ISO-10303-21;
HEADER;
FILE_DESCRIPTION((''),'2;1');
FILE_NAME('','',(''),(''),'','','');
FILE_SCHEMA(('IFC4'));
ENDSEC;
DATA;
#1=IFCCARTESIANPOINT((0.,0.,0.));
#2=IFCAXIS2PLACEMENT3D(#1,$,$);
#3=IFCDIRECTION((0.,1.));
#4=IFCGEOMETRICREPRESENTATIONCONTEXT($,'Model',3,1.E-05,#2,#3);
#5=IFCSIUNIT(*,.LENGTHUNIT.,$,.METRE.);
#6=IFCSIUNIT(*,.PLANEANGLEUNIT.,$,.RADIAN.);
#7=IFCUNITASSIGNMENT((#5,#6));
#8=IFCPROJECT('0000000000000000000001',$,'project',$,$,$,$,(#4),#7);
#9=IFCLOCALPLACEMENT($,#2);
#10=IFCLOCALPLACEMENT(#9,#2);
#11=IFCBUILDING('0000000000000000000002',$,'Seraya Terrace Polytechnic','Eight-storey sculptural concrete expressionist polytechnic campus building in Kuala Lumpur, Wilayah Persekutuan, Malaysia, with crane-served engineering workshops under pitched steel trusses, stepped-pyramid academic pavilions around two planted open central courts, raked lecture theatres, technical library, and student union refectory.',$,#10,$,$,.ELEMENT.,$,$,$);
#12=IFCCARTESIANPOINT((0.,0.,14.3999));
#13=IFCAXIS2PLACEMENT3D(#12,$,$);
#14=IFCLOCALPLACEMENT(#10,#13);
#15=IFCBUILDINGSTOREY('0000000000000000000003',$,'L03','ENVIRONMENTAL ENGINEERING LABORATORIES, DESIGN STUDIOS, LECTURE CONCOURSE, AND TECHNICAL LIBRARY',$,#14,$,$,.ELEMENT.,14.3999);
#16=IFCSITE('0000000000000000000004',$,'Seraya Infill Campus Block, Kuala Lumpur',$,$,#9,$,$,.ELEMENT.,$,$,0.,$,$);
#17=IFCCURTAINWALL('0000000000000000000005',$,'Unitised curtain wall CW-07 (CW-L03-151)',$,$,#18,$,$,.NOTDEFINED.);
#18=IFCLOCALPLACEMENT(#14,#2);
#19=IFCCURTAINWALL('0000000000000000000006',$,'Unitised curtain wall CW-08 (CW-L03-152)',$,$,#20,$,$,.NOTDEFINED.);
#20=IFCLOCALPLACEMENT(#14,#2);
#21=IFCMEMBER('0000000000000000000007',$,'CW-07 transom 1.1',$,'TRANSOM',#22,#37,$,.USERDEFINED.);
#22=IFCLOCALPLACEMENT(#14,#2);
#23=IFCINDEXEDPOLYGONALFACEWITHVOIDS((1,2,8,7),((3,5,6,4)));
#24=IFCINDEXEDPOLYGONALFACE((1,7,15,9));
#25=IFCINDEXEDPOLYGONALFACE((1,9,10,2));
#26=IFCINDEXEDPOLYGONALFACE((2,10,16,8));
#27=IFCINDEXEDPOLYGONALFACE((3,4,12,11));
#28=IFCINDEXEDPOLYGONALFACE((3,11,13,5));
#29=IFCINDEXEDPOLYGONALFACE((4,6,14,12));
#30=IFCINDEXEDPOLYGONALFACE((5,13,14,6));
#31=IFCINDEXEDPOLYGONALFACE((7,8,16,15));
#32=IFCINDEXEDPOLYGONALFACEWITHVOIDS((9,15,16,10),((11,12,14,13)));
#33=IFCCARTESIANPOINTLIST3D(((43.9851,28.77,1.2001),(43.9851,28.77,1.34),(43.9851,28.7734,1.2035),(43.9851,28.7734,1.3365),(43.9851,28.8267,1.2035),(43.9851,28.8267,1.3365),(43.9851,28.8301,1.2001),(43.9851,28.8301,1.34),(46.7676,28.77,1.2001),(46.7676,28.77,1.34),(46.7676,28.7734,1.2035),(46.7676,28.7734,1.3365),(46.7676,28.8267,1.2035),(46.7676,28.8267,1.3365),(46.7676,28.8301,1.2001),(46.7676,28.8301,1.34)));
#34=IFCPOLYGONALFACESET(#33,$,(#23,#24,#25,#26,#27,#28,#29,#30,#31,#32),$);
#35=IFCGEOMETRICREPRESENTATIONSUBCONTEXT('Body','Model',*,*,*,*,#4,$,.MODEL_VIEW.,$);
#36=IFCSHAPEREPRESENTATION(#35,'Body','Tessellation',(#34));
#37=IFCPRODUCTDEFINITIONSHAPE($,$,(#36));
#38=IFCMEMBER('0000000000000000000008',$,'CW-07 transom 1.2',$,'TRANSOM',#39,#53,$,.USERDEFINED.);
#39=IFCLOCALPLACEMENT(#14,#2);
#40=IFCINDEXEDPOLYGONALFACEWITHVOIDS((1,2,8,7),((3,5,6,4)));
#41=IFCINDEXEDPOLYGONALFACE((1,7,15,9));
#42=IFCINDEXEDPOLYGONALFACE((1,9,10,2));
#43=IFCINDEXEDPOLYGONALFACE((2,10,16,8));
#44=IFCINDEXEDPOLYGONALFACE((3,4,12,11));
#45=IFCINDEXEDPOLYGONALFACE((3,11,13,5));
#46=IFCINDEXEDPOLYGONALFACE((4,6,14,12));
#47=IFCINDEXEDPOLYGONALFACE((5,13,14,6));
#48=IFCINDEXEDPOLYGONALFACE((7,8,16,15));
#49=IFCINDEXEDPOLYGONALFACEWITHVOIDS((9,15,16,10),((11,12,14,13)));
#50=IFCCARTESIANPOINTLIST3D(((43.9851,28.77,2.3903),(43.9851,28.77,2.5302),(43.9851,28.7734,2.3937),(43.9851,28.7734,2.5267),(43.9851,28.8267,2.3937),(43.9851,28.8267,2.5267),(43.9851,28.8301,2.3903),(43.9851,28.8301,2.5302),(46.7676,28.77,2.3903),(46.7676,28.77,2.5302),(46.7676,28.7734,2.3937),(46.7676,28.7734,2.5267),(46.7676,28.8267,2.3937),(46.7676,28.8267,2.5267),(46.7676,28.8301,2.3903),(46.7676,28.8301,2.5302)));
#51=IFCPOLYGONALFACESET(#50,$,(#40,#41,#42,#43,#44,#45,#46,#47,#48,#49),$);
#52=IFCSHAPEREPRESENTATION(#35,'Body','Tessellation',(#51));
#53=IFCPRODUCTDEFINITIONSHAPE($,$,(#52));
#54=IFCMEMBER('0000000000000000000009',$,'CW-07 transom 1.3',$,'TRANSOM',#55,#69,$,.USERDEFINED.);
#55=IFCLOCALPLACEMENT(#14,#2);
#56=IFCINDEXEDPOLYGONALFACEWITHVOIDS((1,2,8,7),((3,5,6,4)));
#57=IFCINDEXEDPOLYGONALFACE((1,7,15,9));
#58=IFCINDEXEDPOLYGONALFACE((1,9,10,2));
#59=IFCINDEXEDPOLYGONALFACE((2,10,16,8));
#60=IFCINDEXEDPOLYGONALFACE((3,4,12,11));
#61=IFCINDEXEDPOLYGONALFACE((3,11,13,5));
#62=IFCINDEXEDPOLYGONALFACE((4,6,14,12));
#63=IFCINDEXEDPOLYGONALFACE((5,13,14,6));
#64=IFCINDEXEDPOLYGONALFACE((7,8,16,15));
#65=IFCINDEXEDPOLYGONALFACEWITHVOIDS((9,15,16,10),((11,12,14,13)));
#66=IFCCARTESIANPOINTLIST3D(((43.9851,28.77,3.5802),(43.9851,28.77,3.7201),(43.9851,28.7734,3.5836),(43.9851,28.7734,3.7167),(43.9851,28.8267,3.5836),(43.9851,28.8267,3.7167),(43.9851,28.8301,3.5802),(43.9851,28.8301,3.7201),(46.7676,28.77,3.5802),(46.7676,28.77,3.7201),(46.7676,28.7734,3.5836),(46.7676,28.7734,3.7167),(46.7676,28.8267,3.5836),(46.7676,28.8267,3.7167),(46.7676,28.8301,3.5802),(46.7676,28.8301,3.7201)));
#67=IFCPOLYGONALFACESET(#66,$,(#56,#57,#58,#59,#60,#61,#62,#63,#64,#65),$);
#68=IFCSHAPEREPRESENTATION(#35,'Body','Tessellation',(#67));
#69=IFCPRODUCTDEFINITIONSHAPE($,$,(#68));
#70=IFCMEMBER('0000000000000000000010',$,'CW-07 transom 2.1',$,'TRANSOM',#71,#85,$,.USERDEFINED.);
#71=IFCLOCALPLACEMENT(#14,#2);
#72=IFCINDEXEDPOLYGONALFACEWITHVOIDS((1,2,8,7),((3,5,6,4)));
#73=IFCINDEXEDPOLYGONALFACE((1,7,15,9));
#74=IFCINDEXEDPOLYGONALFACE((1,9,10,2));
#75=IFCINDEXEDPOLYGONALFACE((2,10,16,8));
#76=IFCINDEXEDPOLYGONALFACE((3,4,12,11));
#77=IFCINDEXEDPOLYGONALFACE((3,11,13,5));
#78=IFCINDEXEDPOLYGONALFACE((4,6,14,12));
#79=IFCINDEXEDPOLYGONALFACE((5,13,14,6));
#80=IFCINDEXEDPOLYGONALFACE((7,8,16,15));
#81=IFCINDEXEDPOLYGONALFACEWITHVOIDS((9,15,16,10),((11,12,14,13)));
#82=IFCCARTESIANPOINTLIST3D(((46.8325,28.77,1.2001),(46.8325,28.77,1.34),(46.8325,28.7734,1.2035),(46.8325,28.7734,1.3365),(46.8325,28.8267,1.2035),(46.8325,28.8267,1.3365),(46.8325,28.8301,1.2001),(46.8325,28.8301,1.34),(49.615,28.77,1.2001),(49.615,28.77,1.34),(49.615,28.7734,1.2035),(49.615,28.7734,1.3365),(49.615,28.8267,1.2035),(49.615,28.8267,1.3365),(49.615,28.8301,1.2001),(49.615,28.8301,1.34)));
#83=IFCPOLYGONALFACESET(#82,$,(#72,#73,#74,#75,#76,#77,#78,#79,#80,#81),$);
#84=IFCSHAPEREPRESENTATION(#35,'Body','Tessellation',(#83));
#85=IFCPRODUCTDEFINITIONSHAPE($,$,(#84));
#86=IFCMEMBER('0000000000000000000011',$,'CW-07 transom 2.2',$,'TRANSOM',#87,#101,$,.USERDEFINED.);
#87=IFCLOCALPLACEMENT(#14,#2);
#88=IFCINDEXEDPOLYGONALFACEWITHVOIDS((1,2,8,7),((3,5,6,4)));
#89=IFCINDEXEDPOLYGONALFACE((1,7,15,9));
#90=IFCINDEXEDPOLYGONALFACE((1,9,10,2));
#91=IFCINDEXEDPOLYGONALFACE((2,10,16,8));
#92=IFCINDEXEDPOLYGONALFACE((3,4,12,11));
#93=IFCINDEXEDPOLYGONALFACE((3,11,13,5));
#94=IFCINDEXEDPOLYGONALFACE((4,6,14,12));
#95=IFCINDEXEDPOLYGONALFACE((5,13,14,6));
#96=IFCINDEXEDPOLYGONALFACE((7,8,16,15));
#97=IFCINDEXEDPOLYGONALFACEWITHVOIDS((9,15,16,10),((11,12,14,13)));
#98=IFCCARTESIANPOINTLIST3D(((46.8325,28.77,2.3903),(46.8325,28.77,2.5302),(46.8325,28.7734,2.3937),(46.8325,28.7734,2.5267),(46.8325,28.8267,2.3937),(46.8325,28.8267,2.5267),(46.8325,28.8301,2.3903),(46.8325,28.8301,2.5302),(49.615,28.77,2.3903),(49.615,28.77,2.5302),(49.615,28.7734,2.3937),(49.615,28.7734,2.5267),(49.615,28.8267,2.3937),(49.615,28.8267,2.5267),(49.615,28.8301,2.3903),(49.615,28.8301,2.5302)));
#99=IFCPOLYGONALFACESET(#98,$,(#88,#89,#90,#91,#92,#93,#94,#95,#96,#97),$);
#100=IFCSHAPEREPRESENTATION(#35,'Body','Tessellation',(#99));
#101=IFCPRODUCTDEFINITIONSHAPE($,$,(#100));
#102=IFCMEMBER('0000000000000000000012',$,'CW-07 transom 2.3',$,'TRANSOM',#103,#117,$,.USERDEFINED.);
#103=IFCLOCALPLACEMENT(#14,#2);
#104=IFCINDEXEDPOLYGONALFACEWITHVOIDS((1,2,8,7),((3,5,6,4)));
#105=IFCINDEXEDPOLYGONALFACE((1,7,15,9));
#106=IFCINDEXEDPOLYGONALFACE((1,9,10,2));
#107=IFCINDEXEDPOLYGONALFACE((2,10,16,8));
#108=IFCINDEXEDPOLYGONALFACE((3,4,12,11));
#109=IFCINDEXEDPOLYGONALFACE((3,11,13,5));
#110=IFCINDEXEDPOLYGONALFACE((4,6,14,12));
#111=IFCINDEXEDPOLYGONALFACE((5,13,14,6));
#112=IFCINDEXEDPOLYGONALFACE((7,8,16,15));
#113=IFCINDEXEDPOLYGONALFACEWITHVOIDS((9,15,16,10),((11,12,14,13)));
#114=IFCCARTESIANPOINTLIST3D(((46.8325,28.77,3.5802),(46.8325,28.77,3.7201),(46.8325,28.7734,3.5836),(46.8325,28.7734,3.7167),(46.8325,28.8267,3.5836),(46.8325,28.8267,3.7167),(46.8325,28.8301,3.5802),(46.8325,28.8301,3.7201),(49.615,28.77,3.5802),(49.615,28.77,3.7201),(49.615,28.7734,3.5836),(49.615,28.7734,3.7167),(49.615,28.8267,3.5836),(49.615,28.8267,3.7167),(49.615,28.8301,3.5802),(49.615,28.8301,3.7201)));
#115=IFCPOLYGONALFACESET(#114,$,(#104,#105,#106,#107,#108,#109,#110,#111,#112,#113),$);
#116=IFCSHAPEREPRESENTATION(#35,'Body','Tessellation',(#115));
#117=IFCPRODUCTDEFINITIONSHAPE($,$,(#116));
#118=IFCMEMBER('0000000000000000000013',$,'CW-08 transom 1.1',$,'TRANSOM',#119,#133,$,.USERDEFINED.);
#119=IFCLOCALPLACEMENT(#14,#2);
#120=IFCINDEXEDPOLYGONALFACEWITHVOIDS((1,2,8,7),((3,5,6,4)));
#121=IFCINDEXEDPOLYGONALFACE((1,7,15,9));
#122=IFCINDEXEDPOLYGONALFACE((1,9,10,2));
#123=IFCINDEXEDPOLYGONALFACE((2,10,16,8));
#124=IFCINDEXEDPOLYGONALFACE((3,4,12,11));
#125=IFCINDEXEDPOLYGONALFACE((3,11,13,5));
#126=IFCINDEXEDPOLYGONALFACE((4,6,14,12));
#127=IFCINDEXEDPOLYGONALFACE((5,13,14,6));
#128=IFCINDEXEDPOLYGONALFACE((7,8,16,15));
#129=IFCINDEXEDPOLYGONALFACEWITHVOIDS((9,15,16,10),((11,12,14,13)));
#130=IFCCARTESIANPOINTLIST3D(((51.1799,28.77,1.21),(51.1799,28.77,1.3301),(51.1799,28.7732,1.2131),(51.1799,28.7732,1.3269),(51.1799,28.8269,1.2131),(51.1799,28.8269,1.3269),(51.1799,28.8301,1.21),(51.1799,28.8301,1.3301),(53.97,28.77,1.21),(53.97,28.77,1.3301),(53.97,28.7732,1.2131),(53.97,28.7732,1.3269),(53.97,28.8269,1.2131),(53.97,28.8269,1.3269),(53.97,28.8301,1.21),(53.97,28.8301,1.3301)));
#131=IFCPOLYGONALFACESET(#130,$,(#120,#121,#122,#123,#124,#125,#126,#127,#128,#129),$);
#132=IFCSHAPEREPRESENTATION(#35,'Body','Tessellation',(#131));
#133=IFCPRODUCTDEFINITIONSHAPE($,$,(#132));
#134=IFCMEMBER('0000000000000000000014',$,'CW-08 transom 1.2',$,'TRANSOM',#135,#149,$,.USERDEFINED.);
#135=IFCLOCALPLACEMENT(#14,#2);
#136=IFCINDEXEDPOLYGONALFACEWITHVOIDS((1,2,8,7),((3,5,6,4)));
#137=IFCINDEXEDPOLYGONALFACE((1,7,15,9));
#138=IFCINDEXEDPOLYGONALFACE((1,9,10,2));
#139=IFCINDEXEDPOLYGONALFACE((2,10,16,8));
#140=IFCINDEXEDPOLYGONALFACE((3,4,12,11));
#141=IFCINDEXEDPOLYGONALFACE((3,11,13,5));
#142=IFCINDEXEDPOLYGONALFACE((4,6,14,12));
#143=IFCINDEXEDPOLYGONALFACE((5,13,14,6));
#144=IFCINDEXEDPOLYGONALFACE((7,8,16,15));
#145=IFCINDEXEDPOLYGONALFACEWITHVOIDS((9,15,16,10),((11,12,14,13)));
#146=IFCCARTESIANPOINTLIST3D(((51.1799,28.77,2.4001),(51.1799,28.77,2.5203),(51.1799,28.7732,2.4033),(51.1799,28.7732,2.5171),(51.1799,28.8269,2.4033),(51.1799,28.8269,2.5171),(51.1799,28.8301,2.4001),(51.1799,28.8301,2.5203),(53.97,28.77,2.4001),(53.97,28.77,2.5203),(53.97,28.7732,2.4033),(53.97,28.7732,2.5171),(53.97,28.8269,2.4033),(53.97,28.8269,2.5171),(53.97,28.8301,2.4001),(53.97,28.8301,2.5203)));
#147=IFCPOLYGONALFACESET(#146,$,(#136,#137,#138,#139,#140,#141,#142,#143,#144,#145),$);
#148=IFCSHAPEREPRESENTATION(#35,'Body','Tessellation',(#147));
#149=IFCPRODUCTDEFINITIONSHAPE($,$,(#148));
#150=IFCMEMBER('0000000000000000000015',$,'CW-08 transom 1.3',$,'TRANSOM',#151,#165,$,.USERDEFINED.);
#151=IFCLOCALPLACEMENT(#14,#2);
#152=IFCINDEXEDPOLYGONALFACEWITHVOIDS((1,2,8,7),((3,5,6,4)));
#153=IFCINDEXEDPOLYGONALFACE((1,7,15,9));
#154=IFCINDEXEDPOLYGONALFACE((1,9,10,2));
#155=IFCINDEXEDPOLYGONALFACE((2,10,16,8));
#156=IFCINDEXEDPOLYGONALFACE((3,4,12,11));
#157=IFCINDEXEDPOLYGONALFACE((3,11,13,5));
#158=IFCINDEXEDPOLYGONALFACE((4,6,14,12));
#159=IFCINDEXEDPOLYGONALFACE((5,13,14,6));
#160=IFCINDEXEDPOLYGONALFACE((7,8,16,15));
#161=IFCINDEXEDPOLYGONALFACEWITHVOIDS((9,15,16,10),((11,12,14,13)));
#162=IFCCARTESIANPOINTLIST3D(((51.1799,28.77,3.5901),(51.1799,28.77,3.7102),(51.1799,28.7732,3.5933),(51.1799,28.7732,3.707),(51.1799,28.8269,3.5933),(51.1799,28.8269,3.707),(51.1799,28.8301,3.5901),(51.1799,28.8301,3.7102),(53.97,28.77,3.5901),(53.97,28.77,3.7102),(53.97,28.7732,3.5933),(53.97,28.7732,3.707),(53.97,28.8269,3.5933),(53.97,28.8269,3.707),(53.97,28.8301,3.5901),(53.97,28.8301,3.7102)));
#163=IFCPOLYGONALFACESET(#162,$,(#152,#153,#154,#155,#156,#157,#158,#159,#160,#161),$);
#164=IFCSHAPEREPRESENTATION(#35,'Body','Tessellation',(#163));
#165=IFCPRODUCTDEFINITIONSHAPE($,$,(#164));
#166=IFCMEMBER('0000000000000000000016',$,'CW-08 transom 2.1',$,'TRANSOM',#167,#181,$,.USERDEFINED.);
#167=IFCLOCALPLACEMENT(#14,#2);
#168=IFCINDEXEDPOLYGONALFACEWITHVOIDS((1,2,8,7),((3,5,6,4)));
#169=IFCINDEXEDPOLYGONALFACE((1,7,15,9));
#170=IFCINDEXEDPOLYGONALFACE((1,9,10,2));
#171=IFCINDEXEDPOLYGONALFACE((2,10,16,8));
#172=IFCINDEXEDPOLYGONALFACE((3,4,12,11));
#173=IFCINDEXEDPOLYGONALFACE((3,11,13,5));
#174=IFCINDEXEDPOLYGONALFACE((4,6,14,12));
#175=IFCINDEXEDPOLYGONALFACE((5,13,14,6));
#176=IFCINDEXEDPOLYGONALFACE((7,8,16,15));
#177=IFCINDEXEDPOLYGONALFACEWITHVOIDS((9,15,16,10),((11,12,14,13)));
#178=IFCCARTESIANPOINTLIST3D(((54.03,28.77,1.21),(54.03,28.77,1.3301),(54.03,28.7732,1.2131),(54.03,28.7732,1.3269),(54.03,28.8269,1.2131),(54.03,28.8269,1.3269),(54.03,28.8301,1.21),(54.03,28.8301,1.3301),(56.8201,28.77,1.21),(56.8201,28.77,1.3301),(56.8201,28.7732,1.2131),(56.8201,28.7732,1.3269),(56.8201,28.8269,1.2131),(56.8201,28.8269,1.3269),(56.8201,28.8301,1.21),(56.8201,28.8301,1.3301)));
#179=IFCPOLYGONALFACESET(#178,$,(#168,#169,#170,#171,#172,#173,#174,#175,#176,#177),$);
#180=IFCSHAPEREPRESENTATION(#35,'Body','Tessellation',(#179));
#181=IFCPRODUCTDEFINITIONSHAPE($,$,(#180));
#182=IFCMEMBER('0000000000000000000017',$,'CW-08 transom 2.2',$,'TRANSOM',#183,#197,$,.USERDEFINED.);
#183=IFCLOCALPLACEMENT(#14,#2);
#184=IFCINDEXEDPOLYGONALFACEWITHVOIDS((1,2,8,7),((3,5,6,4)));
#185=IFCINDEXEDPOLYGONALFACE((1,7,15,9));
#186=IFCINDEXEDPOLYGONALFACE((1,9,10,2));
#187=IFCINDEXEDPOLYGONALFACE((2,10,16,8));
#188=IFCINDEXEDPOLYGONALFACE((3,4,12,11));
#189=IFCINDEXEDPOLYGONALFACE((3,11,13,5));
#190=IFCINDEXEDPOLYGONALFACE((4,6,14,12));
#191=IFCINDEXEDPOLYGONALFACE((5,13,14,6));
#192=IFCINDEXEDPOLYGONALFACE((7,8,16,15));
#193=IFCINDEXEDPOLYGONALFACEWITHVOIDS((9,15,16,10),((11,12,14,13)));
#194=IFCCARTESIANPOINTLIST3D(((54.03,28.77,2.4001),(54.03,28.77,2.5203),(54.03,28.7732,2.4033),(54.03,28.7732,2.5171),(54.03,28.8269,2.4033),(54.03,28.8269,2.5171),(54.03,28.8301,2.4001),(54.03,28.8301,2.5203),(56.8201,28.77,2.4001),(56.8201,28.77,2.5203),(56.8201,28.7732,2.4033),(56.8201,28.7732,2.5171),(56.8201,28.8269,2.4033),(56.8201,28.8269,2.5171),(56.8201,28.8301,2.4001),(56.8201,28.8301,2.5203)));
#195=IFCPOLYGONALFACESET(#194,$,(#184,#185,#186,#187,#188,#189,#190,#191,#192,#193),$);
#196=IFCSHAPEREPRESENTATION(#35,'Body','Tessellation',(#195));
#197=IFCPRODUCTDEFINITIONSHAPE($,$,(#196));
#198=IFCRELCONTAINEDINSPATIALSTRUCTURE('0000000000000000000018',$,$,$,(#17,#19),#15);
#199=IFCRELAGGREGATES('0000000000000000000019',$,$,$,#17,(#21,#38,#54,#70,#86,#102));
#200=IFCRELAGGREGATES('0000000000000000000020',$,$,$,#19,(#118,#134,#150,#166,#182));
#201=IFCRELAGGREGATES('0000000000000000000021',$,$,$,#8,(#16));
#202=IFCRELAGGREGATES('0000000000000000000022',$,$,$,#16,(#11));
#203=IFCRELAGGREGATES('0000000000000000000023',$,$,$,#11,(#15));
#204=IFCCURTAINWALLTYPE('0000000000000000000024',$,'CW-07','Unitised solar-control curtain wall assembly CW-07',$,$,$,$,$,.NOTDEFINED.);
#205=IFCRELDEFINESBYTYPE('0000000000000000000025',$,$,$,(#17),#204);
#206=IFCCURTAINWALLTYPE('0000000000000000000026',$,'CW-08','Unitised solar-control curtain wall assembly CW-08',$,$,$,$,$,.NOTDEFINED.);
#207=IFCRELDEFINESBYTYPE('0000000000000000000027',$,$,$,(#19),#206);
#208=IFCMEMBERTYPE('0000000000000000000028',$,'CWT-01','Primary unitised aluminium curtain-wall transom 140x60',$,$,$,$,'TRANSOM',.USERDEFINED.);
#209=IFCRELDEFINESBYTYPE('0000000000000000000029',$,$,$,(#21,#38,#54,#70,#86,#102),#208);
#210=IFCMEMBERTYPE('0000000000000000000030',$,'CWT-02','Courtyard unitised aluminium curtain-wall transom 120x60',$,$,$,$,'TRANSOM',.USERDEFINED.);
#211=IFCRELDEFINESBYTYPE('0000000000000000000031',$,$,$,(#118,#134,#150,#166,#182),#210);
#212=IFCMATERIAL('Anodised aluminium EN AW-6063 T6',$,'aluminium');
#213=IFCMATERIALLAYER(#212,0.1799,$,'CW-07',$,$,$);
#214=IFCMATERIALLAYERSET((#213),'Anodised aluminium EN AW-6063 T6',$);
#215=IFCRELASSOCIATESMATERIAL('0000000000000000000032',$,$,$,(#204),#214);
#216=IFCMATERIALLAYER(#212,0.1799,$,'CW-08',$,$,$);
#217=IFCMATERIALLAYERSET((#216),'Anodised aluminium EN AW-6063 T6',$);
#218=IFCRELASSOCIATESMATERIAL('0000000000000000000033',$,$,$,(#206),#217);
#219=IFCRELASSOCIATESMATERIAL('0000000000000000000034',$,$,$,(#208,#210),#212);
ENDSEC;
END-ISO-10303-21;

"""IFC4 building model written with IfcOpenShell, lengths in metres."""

from ifc_helpers import new_model, si_unit, direction, frame, origin, origin_2d, place, context, subcontext, project, spatial, hollow_rectangle, extrude, material, layer, layer_set, material_profile, profile_set, type_object, element, aggregate, save


model = new_model("IFC4")

# Units and contexts
model_context = context("Model", 3, precision=1e-05, world=origin(), true_north=direction((0.0, 1.0)))
body_context = subcontext(model_context, "Body", "Model", "MODEL_VIEW")
ifc_project = project(units=[si_unit("LENGTHUNIT", "METRE"), si_unit("PLANEANGLEUNIT", "RADIAN")], contexts=[model_context])

# Site, building, storey
site_placement = place(None, origin())
site = spatial("IfcSite", under=ifc_project, at=site_placement, Name="Seraya Infill Campus Block, Kuala Lumpur", CompositionType="ELEMENT", RefElevation=0.0)
building_placement = place(site_placement, origin())
building = spatial("IfcBuilding", under=site, at=building_placement, Name="Seraya Terrace Polytechnic", Description="Eight-storey sculptural concrete expressionist polytechnic campus building in Kuala Lumpur, Wilayah Persekutuan, Malaysia, with crane-served engineering workshops under pitched steel trusses, stepped-pyramid academic pavilions around two planted open central courts, raked lecture theatres, technical library, and student union refectory.", CompositionType="ELEMENT")
storey_placement = place(building_placement, frame((0.0, 0.0, 14.3999)))
storey = spatial("IfcBuildingStorey", under=building, at=storey_placement, Name="L03", Description="ENVIRONMENTAL ENGINEERING LABORATORIES, DESIGN STUDIOS, LECTURE CONCOURSE, AND TECHNICAL LIBRARY", CompositionType="ELEMENT", Elevation=14.3999)

# Curtain walls
ifc_material_1 = material(Name="Anodised aluminium EN AW-6063 T6", Category="aluminium")
ifc_layer_1 = layer(ifc_material_1, 0.1799, Name="CW-07")
ifc_layer_set_1 = layer_set([ifc_layer_1], Name="Anodised aluminium EN AW-6063 T6")
curtain_wall_type_1 = type_object("IfcCurtainWallType", Name="CW-07", Description="Unitised solar-control curtain wall assembly CW-07", PredefinedType="NOTDEFINED", material=ifc_layer_set_1)
curtain_wall_1_placement = place(storey_placement, origin())
curtain_wall_1 = element("IfcCurtainWall", 1, at=curtain_wall_1_placement, inside=storey, type_object=curtain_wall_type_1, Name="Unitised curtain wall CW-07 (CW-L03-151)", PredefinedType="NOTDEFINED")
ifc_layer_2 = layer(ifc_material_1, 0.1799, Name="CW-08")
ifc_layer_set_2 = layer_set([ifc_layer_2], Name="Anodised aluminium EN AW-6063 T6")
curtain_wall_type_2 = type_object("IfcCurtainWallType", Name="CW-08", Description="Unitised solar-control curtain wall assembly CW-08", PredefinedType="NOTDEFINED", material=ifc_layer_set_2)
curtain_wall_2_placement = place(storey_placement, origin())
curtain_wall_2 = element("IfcCurtainWall", 2, at=curtain_wall_2_placement, inside=storey, type_object=curtain_wall_type_2, Name="Unitised curtain wall CW-08 (CW-L03-152)", PredefinedType="NOTDEFINED")

# Members
ifc_material_profile_1 = material_profile(ifc_material_1, hollow_rectangle(XDim=0.0601, YDim=0.1399, WallThickness=0.0034, at=origin_2d()), Name="RHS 140x60x3.5")
ifc_profile_set_1 = profile_set([ifc_material_profile_1], Name="Anodised aluminium EN AW-6063 T6")
member_type_1 = type_object("IfcMemberType", Name="CWT-01", Description="Primary unitised aluminium curtain-wall transom 140x60", ElementType="TRANSOM", PredefinedType="USERDEFINED", material=ifc_profile_set_1)
member_1_placement = place(storey_placement, frame((43.9851, 28.8, 1.27), z_axis=(1.0, 0.0, 0.0), x_axis=(0.0, 1.0, 0.0)))
member_1 = element("IfcMember", 3, at=member_1_placement, type_object=member_type_1, Name="CW-07 transom 1.1", ObjectType="TRANSOM", PredefinedType="USERDEFINED", context=body_context, shape_type="SweptSolid", body=[
    extrude(hollow_rectangle(XDim=0.0601, YDim=0.1399, WallThickness=0.0034, at=origin_2d()), origin(), (0.0, 0.0, 1.0), 2.7825),
])
member_2_placement = place(storey_placement, frame((43.9851, 28.8, 2.4602), z_axis=(1.0, 0.0, 0.0), x_axis=(0.0, 1.0, 0.0)))
member_2 = element("IfcMember", 4, at=member_2_placement, type_object=member_type_1, Name="CW-07 transom 1.2", ObjectType="TRANSOM", PredefinedType="USERDEFINED", context=body_context, shape_type="SweptSolid", body=[
    extrude(hollow_rectangle(XDim=0.0601, YDim=0.1399, WallThickness=0.0034, at=origin_2d()), origin(), (0.0, 0.0, 1.0), 2.7825),
])
member_3_placement = place(storey_placement, frame((43.9851, 28.8, 3.6501), z_axis=(1.0, 0.0, 0.0), x_axis=(0.0, 1.0, 0.0)))
member_3 = element("IfcMember", 5, at=member_3_placement, type_object=member_type_1, Name="CW-07 transom 1.3", ObjectType="TRANSOM", PredefinedType="USERDEFINED", context=body_context, shape_type="SweptSolid", body=[
    extrude(hollow_rectangle(XDim=0.0601, YDim=0.1399, WallThickness=0.0034, at=origin_2d()), origin(), (0.0, 0.0, 1.0), 2.7825),
])
member_4_placement = place(storey_placement, frame((46.8325, 28.8, 1.27), z_axis=(1.0, 0.0, 0.0), x_axis=(0.0, 1.0, 0.0)))
member_4 = element("IfcMember", 6, at=member_4_placement, type_object=member_type_1, Name="CW-07 transom 2.1", ObjectType="TRANSOM", PredefinedType="USERDEFINED", context=body_context, shape_type="SweptSolid", body=[
    extrude(hollow_rectangle(XDim=0.0601, YDim=0.1399, WallThickness=0.0034, at=origin_2d()), origin(), (0.0, 0.0, 1.0), 2.7825),
])
member_5_placement = place(storey_placement, frame((46.8325, 28.8, 2.4602), z_axis=(1.0, 0.0, 0.0), x_axis=(0.0, 1.0, 0.0)))
member_5 = element("IfcMember", 7, at=member_5_placement, type_object=member_type_1, Name="CW-07 transom 2.2", ObjectType="TRANSOM", PredefinedType="USERDEFINED", context=body_context, shape_type="SweptSolid", body=[
    extrude(hollow_rectangle(XDim=0.0601, YDim=0.1399, WallThickness=0.0034, at=origin_2d()), origin(), (0.0, 0.0, 1.0), 2.7825),
])
member_6_placement = place(storey_placement, frame((46.8325, 28.8, 3.6501), z_axis=(1.0, 0.0, 0.0), x_axis=(0.0, 1.0, 0.0)))
member_6 = element("IfcMember", 8, at=member_6_placement, type_object=member_type_1, Name="CW-07 transom 2.3", ObjectType="TRANSOM", PredefinedType="USERDEFINED", context=body_context, shape_type="SweptSolid", body=[
    extrude(hollow_rectangle(XDim=0.0601, YDim=0.1399, WallThickness=0.0034, at=origin_2d()), origin(), (0.0, 0.0, 1.0), 2.7825),
])
ifc_material_profile_2 = material_profile(ifc_material_1, hollow_rectangle(XDim=0.0601, YDim=0.1201, WallThickness=0.0032, at=origin_2d()), Name="RHS 120x60x3.2")
ifc_profile_set_2 = profile_set([ifc_material_profile_2], Name="Anodised aluminium EN AW-6063 T6")
member_type_2 = type_object("IfcMemberType", Name="CWT-02", Description="Courtyard unitised aluminium curtain-wall transom 120x60", ElementType="TRANSOM", PredefinedType="USERDEFINED", material=ifc_profile_set_2)
member_7_placement = place(storey_placement, frame((51.1799, 28.8, 1.27), z_axis=(1.0, 0.0, 0.0), x_axis=(0.0, 1.0, 0.0)))
member_7 = element("IfcMember", 9, at=member_7_placement, type_object=member_type_2, Name="CW-08 transom 1.1", ObjectType="TRANSOM", PredefinedType="USERDEFINED", context=body_context, shape_type="SweptSolid", body=[
    extrude(hollow_rectangle(XDim=0.0601, YDim=0.1201, WallThickness=0.0032, at=origin_2d()), origin(), (0.0, 0.0, 1.0), 2.79),
])
member_8_placement = place(storey_placement, frame((51.1799, 28.8, 2.4602), z_axis=(1.0, 0.0, 0.0), x_axis=(0.0, 1.0, 0.0)))
member_8 = element("IfcMember", 10, at=member_8_placement, type_object=member_type_2, Name="CW-08 transom 1.2", ObjectType="TRANSOM", PredefinedType="USERDEFINED", context=body_context, shape_type="SweptSolid", body=[
    extrude(hollow_rectangle(XDim=0.0601, YDim=0.1201, WallThickness=0.0032, at=origin_2d()), origin(), (0.0, 0.0, 1.0), 2.79),
])
member_9_placement = place(storey_placement, frame((51.1799, 28.8, 3.6501), z_axis=(1.0, 0.0, 0.0), x_axis=(0.0, 1.0, 0.0)))
member_9 = element("IfcMember", 11, at=member_9_placement, type_object=member_type_2, Name="CW-08 transom 1.3", ObjectType="TRANSOM", PredefinedType="USERDEFINED", context=body_context, shape_type="SweptSolid", body=[
    extrude(hollow_rectangle(XDim=0.0601, YDim=0.1201, WallThickness=0.0032, at=origin_2d()), origin(), (0.0, 0.0, 1.0), 2.79),
])
member_10_placement = place(storey_placement, frame((54.03, 28.8, 1.27), z_axis=(1.0, 0.0, 0.0), x_axis=(0.0, 1.0, 0.0)))
member_10 = element("IfcMember", 12, at=member_10_placement, type_object=member_type_2, Name="CW-08 transom 2.1", ObjectType="TRANSOM", PredefinedType="USERDEFINED", context=body_context, shape_type="SweptSolid", body=[
    extrude(hollow_rectangle(XDim=0.0601, YDim=0.1201, WallThickness=0.0032, at=origin_2d()), origin(), (0.0, 0.0, 1.0), 2.79),
])
member_11_placement = place(storey_placement, frame((54.03, 28.8, 2.4602), z_axis=(1.0, 0.0, 0.0), x_axis=(0.0, 1.0, 0.0)))
member_11 = element("IfcMember", 13, at=member_11_placement, type_object=member_type_2, Name="CW-08 transom 2.2", ObjectType="TRANSOM", PredefinedType="USERDEFINED", context=body_context, shape_type="SweptSolid", body=[
    extrude(hollow_rectangle(XDim=0.0601, YDim=0.1201, WallThickness=0.0032, at=origin_2d()), origin(), (0.0, 0.0, 1.0), 2.79),
])

aggregate(curtain_wall_1, [member_1, member_2, member_3, member_4, member_5, member_6])
aggregate(curtain_wall_2, [member_7, member_8, member_9, member_10, member_11])

save(model, "model.ifc")
